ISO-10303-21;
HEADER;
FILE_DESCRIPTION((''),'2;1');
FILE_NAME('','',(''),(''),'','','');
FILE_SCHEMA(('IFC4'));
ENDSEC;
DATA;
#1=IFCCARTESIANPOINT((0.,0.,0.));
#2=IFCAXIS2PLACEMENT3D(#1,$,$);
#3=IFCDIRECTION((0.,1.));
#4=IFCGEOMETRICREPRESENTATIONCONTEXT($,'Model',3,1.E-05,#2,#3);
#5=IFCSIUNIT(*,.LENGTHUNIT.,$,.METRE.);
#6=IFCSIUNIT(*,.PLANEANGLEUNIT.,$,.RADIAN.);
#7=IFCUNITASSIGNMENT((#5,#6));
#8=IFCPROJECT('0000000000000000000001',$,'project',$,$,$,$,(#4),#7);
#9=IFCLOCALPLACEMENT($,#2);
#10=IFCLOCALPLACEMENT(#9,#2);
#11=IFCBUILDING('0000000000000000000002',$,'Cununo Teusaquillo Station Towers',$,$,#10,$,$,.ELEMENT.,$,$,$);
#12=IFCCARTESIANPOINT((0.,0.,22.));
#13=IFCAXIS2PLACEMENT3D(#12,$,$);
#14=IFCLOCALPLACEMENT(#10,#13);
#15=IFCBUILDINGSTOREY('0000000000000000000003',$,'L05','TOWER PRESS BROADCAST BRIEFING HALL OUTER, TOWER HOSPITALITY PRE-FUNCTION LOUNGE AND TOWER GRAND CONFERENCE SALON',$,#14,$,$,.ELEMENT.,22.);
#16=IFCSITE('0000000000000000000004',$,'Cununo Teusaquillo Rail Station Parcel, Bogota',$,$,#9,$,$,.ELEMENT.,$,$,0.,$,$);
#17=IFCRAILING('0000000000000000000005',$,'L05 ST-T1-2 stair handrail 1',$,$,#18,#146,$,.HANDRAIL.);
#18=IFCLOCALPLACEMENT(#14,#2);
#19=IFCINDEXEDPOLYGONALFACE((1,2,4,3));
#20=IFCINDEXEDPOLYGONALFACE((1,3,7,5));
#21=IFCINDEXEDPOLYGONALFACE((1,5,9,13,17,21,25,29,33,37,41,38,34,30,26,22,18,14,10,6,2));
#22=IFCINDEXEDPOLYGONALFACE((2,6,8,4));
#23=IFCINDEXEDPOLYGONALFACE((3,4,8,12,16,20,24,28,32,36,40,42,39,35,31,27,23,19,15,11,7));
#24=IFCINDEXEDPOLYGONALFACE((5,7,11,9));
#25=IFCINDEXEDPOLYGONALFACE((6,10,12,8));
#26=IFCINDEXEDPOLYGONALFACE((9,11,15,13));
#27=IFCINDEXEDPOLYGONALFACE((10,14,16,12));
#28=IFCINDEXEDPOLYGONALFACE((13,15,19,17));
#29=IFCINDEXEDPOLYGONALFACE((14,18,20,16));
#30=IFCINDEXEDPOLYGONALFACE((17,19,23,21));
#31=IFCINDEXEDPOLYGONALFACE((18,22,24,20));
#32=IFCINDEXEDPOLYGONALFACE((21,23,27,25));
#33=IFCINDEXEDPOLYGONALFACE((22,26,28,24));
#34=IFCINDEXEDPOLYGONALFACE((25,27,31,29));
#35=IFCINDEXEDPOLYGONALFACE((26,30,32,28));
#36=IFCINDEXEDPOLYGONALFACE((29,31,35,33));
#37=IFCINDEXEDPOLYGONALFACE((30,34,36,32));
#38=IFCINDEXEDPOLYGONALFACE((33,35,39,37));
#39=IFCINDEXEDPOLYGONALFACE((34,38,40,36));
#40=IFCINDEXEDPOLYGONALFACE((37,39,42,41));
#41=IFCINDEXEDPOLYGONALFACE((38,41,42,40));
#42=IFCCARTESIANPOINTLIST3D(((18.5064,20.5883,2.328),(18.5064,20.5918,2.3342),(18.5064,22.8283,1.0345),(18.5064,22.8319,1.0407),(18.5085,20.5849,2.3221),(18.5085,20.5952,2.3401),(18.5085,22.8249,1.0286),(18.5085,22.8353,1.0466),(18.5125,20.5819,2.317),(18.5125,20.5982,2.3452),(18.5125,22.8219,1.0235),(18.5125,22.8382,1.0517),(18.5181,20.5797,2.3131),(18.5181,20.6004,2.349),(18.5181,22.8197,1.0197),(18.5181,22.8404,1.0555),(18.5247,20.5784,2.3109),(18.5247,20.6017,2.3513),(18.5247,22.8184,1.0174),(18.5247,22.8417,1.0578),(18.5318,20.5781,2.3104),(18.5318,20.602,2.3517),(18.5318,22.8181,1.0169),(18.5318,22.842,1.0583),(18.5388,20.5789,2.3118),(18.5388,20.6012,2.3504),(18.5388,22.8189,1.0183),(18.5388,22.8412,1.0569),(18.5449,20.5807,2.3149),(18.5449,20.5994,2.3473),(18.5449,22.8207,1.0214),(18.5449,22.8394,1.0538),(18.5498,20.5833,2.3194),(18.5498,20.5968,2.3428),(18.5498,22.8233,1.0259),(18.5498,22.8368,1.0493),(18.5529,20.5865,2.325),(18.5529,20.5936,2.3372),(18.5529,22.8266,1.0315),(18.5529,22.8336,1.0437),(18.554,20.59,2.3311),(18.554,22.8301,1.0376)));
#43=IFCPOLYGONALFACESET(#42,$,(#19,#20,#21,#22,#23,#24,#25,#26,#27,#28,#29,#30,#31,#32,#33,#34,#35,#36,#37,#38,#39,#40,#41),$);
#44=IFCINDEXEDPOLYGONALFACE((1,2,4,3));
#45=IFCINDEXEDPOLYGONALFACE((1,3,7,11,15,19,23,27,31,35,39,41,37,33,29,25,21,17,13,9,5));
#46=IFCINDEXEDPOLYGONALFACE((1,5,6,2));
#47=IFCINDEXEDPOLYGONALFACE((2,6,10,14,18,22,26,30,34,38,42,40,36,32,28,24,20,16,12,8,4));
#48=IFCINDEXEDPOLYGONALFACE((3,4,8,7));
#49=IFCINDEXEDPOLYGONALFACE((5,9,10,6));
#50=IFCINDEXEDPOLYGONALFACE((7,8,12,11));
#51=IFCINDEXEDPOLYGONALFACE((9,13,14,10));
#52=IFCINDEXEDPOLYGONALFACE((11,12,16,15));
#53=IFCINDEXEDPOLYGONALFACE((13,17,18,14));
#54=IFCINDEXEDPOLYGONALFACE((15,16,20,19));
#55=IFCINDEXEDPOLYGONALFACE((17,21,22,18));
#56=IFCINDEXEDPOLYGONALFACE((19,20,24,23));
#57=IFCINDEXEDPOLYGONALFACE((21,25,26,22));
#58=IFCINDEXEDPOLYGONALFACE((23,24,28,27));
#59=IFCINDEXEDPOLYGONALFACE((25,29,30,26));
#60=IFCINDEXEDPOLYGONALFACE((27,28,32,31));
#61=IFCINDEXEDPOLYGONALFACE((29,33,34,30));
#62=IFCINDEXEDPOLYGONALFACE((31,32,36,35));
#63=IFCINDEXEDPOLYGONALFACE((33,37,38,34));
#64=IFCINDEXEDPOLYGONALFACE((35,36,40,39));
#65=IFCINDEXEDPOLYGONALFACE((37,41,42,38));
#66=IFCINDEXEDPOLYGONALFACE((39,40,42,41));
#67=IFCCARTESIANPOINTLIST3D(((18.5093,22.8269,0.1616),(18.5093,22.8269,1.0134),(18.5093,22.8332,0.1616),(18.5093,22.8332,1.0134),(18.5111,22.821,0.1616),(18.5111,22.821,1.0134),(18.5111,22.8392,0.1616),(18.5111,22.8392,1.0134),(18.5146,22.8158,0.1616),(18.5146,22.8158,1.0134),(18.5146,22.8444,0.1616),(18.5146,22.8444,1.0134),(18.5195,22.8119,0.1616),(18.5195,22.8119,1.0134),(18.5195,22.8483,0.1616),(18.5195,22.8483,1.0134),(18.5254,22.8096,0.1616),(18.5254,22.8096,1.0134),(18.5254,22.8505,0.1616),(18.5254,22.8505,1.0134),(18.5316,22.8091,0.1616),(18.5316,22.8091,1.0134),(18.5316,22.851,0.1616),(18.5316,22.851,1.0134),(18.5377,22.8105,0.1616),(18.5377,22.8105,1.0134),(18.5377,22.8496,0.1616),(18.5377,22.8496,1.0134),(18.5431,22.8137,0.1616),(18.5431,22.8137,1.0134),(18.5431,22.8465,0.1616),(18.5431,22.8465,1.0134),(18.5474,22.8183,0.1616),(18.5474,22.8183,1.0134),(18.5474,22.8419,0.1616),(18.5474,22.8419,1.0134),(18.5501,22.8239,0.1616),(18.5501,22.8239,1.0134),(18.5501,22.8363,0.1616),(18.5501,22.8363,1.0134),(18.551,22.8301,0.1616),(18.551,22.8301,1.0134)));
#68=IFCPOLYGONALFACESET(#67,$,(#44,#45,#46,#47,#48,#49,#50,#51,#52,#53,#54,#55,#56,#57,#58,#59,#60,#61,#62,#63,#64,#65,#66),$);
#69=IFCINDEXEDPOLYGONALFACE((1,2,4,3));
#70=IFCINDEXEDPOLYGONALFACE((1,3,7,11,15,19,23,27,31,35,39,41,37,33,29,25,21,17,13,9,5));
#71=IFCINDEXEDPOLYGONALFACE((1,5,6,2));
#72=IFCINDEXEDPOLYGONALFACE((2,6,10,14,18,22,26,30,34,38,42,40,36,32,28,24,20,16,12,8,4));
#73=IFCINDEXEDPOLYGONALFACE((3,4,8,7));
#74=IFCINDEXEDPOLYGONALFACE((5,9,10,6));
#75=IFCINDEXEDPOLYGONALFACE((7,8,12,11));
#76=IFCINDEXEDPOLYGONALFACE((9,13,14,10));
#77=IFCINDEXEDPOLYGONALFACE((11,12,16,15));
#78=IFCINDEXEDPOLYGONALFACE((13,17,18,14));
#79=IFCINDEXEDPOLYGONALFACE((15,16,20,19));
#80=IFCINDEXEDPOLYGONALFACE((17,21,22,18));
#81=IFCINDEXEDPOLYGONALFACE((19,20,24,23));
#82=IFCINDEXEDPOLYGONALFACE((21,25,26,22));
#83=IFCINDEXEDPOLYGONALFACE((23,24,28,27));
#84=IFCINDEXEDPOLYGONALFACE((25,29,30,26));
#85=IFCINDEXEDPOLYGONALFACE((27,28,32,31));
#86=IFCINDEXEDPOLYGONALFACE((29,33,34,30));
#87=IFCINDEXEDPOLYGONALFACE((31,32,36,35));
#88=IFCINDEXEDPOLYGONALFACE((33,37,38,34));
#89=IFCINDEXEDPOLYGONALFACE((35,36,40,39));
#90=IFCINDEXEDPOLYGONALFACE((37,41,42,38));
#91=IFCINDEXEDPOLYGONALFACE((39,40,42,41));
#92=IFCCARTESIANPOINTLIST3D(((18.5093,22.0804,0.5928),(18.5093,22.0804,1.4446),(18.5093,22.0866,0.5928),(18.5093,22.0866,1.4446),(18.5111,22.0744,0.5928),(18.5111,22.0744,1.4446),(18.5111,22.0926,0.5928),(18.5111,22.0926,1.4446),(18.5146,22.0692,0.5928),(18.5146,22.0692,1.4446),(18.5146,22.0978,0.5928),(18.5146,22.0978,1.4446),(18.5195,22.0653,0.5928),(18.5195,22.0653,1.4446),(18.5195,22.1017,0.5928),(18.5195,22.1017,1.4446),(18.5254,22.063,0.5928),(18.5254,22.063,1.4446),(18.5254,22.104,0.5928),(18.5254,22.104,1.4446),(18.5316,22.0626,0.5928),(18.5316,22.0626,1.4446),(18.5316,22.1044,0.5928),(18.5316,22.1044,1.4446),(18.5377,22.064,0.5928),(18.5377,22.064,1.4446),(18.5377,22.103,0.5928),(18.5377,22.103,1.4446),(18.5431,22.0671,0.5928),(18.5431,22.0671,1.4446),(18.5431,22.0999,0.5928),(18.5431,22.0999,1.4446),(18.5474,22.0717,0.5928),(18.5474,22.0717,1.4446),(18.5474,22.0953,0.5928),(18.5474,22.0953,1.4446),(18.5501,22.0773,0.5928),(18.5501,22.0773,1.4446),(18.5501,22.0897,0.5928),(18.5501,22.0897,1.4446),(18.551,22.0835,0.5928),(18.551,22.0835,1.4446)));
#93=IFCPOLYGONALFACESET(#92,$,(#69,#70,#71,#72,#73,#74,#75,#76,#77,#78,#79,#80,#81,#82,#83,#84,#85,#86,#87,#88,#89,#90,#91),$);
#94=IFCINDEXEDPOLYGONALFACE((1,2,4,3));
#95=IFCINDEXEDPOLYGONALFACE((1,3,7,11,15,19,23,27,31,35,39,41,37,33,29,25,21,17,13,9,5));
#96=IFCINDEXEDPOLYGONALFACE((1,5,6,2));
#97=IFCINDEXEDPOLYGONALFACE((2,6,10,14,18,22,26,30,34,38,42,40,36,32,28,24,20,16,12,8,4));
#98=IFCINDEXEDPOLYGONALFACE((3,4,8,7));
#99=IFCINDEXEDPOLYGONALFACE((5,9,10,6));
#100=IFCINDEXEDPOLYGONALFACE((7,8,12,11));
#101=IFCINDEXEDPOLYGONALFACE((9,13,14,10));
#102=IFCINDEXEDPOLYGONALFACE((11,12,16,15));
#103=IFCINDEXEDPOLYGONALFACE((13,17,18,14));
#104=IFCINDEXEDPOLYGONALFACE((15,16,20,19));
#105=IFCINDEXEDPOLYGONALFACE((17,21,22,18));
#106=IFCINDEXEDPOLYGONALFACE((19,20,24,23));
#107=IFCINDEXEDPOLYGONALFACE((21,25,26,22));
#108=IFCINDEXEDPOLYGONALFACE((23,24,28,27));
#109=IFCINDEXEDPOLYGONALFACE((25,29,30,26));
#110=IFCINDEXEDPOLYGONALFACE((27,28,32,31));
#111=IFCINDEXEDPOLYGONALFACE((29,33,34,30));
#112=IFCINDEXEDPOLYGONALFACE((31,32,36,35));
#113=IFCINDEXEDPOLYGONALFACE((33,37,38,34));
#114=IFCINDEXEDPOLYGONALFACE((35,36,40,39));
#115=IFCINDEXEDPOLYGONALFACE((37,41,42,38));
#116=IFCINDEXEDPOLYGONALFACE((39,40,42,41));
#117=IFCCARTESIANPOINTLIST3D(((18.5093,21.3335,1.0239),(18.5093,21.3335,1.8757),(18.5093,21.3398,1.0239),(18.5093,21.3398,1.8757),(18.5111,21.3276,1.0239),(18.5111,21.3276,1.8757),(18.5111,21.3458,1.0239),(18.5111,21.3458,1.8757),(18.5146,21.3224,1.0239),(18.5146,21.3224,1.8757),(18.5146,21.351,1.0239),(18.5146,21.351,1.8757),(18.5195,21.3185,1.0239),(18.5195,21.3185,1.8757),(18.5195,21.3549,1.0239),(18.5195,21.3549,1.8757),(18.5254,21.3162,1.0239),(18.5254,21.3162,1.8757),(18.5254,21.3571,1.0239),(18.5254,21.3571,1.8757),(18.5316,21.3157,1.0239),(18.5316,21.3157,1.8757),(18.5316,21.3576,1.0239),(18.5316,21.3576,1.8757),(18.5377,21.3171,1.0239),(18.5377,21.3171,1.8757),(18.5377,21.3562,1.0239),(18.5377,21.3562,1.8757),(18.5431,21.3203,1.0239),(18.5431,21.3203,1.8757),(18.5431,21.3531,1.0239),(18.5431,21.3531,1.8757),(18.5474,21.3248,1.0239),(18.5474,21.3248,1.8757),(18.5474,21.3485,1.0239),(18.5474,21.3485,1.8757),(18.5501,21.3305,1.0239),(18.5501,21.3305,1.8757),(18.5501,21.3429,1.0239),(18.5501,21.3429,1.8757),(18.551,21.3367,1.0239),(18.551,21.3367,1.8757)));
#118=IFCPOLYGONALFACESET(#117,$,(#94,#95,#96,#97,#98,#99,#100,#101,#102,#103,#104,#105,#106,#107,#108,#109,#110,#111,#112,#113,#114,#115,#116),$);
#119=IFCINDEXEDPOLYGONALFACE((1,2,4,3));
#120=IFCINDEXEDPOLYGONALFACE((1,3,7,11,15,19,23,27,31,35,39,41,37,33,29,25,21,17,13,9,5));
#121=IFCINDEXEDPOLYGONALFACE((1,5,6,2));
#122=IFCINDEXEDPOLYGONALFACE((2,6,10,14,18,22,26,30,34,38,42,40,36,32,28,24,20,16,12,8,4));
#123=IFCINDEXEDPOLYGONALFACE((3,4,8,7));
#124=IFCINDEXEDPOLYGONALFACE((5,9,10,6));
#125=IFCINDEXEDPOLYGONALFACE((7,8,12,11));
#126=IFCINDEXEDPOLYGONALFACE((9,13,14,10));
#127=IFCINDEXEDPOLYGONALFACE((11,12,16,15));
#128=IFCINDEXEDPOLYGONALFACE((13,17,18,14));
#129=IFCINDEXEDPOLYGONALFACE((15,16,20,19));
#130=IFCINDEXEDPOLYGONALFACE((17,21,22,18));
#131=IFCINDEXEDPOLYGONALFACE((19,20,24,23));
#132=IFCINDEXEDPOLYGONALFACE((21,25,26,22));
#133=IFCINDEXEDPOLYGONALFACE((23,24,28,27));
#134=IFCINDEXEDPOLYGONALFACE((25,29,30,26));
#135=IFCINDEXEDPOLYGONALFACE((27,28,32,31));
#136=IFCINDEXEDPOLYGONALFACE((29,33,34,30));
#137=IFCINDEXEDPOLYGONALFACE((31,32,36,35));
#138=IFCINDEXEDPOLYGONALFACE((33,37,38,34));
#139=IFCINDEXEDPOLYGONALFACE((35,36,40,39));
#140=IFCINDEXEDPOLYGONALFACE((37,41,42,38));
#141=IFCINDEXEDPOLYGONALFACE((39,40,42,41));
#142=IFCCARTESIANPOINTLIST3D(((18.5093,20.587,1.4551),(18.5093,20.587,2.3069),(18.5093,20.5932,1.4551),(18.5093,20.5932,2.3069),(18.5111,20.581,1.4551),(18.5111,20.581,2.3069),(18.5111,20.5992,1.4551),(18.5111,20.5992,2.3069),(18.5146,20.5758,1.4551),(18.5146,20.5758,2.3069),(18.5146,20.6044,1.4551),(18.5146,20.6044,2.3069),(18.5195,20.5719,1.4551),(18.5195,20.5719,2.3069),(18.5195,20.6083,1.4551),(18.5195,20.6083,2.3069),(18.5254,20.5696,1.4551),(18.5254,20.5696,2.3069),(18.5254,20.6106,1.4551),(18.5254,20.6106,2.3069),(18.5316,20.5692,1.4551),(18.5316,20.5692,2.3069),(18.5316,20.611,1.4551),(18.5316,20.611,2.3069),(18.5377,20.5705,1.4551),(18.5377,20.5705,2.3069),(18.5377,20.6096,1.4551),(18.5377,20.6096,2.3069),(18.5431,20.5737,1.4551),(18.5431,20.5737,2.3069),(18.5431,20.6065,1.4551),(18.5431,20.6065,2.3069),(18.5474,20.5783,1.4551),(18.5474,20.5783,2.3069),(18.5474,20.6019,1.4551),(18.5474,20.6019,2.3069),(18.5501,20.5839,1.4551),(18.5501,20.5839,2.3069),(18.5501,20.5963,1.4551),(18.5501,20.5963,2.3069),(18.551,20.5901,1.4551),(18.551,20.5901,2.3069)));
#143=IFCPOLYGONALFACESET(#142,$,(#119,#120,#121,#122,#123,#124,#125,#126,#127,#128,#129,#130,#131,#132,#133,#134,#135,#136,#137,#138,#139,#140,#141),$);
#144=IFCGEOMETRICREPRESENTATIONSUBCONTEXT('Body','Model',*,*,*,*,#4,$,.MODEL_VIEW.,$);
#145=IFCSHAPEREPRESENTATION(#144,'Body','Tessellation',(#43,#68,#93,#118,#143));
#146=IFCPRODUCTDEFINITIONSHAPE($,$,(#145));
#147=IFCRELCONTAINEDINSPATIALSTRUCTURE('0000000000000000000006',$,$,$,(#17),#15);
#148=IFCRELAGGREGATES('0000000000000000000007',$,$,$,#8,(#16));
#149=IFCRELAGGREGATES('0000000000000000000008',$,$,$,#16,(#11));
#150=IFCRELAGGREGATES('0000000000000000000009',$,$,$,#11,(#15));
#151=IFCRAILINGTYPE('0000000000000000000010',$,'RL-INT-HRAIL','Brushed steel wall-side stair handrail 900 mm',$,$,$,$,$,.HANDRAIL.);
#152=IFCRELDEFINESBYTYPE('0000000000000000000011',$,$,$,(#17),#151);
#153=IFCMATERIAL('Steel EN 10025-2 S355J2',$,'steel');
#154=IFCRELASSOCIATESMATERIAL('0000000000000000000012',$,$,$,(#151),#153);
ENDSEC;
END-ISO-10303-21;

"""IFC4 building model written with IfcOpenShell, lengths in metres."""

from ifc_helpers import new_model, si_unit, direction, frame, origin, origin_2d, place, context, subcontext, project, spatial, circle, extrude, material, type_object, element, save


model = new_model("IFC4")

# Units and contexts
model_context = context("Model", 3, precision=1e-05, world=origin(), true_north=direction((0.0, 1.0)))
body_context = subcontext(model_context, "Body", "Model", "MODEL_VIEW")
ifc_project = project(units=[si_unit("LENGTHUNIT", "METRE"), si_unit("PLANEANGLEUNIT", "RADIAN")], contexts=[model_context])

# Site, building, storey
site_placement = place(None, origin())
site = spatial("IfcSite", under=ifc_project, at=site_placement, Name="Cununo Teusaquillo Rail Station Parcel, Bogota", CompositionType="ELEMENT", RefElevation=0.0)
building_placement = place(site_placement, origin())
building = spatial("IfcBuilding", under=site, at=building_placement, Name="Cununo Teusaquillo Station Towers", CompositionType="ELEMENT")
storey_placement = place(building_placement, frame((0.0, 0.0, 22.0)))
storey = spatial("IfcBuildingStorey", under=building, at=storey_placement, Name="L05", Description="TOWER PRESS BROADCAST BRIEFING HALL OUTER, TOWER HOSPITALITY PRE-FUNCTION LOUNGE AND TOWER GRAND CONFERENCE SALON", CompositionType="ELEMENT", Elevation=22.0)

# Railing
ifc_material_1 = material(Name="Steel EN 10025-2 S355J2", Category="steel")
railing_type_1 = type_object("IfcRailingType", Name="RL-INT-HRAIL", Description="Brushed steel wall-side stair handrail 900 mm", PredefinedType="HANDRAIL", material=ifc_material_1)
railing_1_placement = place(storey_placement, frame((18.53, 22.8301, 0.1616)))
element("IfcRailing", 1, at=railing_1_placement, inside=storey, type_object=railing_type_1, Name="L05 ST-T1-2 stair handrail 1", PredefinedType="HANDRAIL", context=body_context, shape_type="SweptSolid", body=[
    extrude(circle(Radius=0.0239, at=origin_2d()), frame((0.0, 0.0, 0.876), z_axis=(0.0, -0.865992, 0.500057), x_axis=(1.0, 0.0, 0.0)), (0.0, 0.0, 1.0), 2.5867),
    extrude(circle(Radius=0.021, at=origin_2d()), origin(), (0.0, 0.0, 1.0), 0.8518),
    extrude(circle(Radius=0.021, at=origin_2d()), frame((0.0, -0.7466, 0.4312)), (0.0, 0.0, 1.0), 0.8518),
    extrude(circle(Radius=0.021, at=origin_2d()), frame((0.0, -1.4934, 0.8623)), (0.0, 0.0, 1.0), 0.8518),
    extrude(circle(Radius=0.021, at=origin_2d()), frame((0.0, -2.24, 1.2935)), (0.0, 0.0, 1.0), 0.8518),
])

save(model, "model.ifc")
